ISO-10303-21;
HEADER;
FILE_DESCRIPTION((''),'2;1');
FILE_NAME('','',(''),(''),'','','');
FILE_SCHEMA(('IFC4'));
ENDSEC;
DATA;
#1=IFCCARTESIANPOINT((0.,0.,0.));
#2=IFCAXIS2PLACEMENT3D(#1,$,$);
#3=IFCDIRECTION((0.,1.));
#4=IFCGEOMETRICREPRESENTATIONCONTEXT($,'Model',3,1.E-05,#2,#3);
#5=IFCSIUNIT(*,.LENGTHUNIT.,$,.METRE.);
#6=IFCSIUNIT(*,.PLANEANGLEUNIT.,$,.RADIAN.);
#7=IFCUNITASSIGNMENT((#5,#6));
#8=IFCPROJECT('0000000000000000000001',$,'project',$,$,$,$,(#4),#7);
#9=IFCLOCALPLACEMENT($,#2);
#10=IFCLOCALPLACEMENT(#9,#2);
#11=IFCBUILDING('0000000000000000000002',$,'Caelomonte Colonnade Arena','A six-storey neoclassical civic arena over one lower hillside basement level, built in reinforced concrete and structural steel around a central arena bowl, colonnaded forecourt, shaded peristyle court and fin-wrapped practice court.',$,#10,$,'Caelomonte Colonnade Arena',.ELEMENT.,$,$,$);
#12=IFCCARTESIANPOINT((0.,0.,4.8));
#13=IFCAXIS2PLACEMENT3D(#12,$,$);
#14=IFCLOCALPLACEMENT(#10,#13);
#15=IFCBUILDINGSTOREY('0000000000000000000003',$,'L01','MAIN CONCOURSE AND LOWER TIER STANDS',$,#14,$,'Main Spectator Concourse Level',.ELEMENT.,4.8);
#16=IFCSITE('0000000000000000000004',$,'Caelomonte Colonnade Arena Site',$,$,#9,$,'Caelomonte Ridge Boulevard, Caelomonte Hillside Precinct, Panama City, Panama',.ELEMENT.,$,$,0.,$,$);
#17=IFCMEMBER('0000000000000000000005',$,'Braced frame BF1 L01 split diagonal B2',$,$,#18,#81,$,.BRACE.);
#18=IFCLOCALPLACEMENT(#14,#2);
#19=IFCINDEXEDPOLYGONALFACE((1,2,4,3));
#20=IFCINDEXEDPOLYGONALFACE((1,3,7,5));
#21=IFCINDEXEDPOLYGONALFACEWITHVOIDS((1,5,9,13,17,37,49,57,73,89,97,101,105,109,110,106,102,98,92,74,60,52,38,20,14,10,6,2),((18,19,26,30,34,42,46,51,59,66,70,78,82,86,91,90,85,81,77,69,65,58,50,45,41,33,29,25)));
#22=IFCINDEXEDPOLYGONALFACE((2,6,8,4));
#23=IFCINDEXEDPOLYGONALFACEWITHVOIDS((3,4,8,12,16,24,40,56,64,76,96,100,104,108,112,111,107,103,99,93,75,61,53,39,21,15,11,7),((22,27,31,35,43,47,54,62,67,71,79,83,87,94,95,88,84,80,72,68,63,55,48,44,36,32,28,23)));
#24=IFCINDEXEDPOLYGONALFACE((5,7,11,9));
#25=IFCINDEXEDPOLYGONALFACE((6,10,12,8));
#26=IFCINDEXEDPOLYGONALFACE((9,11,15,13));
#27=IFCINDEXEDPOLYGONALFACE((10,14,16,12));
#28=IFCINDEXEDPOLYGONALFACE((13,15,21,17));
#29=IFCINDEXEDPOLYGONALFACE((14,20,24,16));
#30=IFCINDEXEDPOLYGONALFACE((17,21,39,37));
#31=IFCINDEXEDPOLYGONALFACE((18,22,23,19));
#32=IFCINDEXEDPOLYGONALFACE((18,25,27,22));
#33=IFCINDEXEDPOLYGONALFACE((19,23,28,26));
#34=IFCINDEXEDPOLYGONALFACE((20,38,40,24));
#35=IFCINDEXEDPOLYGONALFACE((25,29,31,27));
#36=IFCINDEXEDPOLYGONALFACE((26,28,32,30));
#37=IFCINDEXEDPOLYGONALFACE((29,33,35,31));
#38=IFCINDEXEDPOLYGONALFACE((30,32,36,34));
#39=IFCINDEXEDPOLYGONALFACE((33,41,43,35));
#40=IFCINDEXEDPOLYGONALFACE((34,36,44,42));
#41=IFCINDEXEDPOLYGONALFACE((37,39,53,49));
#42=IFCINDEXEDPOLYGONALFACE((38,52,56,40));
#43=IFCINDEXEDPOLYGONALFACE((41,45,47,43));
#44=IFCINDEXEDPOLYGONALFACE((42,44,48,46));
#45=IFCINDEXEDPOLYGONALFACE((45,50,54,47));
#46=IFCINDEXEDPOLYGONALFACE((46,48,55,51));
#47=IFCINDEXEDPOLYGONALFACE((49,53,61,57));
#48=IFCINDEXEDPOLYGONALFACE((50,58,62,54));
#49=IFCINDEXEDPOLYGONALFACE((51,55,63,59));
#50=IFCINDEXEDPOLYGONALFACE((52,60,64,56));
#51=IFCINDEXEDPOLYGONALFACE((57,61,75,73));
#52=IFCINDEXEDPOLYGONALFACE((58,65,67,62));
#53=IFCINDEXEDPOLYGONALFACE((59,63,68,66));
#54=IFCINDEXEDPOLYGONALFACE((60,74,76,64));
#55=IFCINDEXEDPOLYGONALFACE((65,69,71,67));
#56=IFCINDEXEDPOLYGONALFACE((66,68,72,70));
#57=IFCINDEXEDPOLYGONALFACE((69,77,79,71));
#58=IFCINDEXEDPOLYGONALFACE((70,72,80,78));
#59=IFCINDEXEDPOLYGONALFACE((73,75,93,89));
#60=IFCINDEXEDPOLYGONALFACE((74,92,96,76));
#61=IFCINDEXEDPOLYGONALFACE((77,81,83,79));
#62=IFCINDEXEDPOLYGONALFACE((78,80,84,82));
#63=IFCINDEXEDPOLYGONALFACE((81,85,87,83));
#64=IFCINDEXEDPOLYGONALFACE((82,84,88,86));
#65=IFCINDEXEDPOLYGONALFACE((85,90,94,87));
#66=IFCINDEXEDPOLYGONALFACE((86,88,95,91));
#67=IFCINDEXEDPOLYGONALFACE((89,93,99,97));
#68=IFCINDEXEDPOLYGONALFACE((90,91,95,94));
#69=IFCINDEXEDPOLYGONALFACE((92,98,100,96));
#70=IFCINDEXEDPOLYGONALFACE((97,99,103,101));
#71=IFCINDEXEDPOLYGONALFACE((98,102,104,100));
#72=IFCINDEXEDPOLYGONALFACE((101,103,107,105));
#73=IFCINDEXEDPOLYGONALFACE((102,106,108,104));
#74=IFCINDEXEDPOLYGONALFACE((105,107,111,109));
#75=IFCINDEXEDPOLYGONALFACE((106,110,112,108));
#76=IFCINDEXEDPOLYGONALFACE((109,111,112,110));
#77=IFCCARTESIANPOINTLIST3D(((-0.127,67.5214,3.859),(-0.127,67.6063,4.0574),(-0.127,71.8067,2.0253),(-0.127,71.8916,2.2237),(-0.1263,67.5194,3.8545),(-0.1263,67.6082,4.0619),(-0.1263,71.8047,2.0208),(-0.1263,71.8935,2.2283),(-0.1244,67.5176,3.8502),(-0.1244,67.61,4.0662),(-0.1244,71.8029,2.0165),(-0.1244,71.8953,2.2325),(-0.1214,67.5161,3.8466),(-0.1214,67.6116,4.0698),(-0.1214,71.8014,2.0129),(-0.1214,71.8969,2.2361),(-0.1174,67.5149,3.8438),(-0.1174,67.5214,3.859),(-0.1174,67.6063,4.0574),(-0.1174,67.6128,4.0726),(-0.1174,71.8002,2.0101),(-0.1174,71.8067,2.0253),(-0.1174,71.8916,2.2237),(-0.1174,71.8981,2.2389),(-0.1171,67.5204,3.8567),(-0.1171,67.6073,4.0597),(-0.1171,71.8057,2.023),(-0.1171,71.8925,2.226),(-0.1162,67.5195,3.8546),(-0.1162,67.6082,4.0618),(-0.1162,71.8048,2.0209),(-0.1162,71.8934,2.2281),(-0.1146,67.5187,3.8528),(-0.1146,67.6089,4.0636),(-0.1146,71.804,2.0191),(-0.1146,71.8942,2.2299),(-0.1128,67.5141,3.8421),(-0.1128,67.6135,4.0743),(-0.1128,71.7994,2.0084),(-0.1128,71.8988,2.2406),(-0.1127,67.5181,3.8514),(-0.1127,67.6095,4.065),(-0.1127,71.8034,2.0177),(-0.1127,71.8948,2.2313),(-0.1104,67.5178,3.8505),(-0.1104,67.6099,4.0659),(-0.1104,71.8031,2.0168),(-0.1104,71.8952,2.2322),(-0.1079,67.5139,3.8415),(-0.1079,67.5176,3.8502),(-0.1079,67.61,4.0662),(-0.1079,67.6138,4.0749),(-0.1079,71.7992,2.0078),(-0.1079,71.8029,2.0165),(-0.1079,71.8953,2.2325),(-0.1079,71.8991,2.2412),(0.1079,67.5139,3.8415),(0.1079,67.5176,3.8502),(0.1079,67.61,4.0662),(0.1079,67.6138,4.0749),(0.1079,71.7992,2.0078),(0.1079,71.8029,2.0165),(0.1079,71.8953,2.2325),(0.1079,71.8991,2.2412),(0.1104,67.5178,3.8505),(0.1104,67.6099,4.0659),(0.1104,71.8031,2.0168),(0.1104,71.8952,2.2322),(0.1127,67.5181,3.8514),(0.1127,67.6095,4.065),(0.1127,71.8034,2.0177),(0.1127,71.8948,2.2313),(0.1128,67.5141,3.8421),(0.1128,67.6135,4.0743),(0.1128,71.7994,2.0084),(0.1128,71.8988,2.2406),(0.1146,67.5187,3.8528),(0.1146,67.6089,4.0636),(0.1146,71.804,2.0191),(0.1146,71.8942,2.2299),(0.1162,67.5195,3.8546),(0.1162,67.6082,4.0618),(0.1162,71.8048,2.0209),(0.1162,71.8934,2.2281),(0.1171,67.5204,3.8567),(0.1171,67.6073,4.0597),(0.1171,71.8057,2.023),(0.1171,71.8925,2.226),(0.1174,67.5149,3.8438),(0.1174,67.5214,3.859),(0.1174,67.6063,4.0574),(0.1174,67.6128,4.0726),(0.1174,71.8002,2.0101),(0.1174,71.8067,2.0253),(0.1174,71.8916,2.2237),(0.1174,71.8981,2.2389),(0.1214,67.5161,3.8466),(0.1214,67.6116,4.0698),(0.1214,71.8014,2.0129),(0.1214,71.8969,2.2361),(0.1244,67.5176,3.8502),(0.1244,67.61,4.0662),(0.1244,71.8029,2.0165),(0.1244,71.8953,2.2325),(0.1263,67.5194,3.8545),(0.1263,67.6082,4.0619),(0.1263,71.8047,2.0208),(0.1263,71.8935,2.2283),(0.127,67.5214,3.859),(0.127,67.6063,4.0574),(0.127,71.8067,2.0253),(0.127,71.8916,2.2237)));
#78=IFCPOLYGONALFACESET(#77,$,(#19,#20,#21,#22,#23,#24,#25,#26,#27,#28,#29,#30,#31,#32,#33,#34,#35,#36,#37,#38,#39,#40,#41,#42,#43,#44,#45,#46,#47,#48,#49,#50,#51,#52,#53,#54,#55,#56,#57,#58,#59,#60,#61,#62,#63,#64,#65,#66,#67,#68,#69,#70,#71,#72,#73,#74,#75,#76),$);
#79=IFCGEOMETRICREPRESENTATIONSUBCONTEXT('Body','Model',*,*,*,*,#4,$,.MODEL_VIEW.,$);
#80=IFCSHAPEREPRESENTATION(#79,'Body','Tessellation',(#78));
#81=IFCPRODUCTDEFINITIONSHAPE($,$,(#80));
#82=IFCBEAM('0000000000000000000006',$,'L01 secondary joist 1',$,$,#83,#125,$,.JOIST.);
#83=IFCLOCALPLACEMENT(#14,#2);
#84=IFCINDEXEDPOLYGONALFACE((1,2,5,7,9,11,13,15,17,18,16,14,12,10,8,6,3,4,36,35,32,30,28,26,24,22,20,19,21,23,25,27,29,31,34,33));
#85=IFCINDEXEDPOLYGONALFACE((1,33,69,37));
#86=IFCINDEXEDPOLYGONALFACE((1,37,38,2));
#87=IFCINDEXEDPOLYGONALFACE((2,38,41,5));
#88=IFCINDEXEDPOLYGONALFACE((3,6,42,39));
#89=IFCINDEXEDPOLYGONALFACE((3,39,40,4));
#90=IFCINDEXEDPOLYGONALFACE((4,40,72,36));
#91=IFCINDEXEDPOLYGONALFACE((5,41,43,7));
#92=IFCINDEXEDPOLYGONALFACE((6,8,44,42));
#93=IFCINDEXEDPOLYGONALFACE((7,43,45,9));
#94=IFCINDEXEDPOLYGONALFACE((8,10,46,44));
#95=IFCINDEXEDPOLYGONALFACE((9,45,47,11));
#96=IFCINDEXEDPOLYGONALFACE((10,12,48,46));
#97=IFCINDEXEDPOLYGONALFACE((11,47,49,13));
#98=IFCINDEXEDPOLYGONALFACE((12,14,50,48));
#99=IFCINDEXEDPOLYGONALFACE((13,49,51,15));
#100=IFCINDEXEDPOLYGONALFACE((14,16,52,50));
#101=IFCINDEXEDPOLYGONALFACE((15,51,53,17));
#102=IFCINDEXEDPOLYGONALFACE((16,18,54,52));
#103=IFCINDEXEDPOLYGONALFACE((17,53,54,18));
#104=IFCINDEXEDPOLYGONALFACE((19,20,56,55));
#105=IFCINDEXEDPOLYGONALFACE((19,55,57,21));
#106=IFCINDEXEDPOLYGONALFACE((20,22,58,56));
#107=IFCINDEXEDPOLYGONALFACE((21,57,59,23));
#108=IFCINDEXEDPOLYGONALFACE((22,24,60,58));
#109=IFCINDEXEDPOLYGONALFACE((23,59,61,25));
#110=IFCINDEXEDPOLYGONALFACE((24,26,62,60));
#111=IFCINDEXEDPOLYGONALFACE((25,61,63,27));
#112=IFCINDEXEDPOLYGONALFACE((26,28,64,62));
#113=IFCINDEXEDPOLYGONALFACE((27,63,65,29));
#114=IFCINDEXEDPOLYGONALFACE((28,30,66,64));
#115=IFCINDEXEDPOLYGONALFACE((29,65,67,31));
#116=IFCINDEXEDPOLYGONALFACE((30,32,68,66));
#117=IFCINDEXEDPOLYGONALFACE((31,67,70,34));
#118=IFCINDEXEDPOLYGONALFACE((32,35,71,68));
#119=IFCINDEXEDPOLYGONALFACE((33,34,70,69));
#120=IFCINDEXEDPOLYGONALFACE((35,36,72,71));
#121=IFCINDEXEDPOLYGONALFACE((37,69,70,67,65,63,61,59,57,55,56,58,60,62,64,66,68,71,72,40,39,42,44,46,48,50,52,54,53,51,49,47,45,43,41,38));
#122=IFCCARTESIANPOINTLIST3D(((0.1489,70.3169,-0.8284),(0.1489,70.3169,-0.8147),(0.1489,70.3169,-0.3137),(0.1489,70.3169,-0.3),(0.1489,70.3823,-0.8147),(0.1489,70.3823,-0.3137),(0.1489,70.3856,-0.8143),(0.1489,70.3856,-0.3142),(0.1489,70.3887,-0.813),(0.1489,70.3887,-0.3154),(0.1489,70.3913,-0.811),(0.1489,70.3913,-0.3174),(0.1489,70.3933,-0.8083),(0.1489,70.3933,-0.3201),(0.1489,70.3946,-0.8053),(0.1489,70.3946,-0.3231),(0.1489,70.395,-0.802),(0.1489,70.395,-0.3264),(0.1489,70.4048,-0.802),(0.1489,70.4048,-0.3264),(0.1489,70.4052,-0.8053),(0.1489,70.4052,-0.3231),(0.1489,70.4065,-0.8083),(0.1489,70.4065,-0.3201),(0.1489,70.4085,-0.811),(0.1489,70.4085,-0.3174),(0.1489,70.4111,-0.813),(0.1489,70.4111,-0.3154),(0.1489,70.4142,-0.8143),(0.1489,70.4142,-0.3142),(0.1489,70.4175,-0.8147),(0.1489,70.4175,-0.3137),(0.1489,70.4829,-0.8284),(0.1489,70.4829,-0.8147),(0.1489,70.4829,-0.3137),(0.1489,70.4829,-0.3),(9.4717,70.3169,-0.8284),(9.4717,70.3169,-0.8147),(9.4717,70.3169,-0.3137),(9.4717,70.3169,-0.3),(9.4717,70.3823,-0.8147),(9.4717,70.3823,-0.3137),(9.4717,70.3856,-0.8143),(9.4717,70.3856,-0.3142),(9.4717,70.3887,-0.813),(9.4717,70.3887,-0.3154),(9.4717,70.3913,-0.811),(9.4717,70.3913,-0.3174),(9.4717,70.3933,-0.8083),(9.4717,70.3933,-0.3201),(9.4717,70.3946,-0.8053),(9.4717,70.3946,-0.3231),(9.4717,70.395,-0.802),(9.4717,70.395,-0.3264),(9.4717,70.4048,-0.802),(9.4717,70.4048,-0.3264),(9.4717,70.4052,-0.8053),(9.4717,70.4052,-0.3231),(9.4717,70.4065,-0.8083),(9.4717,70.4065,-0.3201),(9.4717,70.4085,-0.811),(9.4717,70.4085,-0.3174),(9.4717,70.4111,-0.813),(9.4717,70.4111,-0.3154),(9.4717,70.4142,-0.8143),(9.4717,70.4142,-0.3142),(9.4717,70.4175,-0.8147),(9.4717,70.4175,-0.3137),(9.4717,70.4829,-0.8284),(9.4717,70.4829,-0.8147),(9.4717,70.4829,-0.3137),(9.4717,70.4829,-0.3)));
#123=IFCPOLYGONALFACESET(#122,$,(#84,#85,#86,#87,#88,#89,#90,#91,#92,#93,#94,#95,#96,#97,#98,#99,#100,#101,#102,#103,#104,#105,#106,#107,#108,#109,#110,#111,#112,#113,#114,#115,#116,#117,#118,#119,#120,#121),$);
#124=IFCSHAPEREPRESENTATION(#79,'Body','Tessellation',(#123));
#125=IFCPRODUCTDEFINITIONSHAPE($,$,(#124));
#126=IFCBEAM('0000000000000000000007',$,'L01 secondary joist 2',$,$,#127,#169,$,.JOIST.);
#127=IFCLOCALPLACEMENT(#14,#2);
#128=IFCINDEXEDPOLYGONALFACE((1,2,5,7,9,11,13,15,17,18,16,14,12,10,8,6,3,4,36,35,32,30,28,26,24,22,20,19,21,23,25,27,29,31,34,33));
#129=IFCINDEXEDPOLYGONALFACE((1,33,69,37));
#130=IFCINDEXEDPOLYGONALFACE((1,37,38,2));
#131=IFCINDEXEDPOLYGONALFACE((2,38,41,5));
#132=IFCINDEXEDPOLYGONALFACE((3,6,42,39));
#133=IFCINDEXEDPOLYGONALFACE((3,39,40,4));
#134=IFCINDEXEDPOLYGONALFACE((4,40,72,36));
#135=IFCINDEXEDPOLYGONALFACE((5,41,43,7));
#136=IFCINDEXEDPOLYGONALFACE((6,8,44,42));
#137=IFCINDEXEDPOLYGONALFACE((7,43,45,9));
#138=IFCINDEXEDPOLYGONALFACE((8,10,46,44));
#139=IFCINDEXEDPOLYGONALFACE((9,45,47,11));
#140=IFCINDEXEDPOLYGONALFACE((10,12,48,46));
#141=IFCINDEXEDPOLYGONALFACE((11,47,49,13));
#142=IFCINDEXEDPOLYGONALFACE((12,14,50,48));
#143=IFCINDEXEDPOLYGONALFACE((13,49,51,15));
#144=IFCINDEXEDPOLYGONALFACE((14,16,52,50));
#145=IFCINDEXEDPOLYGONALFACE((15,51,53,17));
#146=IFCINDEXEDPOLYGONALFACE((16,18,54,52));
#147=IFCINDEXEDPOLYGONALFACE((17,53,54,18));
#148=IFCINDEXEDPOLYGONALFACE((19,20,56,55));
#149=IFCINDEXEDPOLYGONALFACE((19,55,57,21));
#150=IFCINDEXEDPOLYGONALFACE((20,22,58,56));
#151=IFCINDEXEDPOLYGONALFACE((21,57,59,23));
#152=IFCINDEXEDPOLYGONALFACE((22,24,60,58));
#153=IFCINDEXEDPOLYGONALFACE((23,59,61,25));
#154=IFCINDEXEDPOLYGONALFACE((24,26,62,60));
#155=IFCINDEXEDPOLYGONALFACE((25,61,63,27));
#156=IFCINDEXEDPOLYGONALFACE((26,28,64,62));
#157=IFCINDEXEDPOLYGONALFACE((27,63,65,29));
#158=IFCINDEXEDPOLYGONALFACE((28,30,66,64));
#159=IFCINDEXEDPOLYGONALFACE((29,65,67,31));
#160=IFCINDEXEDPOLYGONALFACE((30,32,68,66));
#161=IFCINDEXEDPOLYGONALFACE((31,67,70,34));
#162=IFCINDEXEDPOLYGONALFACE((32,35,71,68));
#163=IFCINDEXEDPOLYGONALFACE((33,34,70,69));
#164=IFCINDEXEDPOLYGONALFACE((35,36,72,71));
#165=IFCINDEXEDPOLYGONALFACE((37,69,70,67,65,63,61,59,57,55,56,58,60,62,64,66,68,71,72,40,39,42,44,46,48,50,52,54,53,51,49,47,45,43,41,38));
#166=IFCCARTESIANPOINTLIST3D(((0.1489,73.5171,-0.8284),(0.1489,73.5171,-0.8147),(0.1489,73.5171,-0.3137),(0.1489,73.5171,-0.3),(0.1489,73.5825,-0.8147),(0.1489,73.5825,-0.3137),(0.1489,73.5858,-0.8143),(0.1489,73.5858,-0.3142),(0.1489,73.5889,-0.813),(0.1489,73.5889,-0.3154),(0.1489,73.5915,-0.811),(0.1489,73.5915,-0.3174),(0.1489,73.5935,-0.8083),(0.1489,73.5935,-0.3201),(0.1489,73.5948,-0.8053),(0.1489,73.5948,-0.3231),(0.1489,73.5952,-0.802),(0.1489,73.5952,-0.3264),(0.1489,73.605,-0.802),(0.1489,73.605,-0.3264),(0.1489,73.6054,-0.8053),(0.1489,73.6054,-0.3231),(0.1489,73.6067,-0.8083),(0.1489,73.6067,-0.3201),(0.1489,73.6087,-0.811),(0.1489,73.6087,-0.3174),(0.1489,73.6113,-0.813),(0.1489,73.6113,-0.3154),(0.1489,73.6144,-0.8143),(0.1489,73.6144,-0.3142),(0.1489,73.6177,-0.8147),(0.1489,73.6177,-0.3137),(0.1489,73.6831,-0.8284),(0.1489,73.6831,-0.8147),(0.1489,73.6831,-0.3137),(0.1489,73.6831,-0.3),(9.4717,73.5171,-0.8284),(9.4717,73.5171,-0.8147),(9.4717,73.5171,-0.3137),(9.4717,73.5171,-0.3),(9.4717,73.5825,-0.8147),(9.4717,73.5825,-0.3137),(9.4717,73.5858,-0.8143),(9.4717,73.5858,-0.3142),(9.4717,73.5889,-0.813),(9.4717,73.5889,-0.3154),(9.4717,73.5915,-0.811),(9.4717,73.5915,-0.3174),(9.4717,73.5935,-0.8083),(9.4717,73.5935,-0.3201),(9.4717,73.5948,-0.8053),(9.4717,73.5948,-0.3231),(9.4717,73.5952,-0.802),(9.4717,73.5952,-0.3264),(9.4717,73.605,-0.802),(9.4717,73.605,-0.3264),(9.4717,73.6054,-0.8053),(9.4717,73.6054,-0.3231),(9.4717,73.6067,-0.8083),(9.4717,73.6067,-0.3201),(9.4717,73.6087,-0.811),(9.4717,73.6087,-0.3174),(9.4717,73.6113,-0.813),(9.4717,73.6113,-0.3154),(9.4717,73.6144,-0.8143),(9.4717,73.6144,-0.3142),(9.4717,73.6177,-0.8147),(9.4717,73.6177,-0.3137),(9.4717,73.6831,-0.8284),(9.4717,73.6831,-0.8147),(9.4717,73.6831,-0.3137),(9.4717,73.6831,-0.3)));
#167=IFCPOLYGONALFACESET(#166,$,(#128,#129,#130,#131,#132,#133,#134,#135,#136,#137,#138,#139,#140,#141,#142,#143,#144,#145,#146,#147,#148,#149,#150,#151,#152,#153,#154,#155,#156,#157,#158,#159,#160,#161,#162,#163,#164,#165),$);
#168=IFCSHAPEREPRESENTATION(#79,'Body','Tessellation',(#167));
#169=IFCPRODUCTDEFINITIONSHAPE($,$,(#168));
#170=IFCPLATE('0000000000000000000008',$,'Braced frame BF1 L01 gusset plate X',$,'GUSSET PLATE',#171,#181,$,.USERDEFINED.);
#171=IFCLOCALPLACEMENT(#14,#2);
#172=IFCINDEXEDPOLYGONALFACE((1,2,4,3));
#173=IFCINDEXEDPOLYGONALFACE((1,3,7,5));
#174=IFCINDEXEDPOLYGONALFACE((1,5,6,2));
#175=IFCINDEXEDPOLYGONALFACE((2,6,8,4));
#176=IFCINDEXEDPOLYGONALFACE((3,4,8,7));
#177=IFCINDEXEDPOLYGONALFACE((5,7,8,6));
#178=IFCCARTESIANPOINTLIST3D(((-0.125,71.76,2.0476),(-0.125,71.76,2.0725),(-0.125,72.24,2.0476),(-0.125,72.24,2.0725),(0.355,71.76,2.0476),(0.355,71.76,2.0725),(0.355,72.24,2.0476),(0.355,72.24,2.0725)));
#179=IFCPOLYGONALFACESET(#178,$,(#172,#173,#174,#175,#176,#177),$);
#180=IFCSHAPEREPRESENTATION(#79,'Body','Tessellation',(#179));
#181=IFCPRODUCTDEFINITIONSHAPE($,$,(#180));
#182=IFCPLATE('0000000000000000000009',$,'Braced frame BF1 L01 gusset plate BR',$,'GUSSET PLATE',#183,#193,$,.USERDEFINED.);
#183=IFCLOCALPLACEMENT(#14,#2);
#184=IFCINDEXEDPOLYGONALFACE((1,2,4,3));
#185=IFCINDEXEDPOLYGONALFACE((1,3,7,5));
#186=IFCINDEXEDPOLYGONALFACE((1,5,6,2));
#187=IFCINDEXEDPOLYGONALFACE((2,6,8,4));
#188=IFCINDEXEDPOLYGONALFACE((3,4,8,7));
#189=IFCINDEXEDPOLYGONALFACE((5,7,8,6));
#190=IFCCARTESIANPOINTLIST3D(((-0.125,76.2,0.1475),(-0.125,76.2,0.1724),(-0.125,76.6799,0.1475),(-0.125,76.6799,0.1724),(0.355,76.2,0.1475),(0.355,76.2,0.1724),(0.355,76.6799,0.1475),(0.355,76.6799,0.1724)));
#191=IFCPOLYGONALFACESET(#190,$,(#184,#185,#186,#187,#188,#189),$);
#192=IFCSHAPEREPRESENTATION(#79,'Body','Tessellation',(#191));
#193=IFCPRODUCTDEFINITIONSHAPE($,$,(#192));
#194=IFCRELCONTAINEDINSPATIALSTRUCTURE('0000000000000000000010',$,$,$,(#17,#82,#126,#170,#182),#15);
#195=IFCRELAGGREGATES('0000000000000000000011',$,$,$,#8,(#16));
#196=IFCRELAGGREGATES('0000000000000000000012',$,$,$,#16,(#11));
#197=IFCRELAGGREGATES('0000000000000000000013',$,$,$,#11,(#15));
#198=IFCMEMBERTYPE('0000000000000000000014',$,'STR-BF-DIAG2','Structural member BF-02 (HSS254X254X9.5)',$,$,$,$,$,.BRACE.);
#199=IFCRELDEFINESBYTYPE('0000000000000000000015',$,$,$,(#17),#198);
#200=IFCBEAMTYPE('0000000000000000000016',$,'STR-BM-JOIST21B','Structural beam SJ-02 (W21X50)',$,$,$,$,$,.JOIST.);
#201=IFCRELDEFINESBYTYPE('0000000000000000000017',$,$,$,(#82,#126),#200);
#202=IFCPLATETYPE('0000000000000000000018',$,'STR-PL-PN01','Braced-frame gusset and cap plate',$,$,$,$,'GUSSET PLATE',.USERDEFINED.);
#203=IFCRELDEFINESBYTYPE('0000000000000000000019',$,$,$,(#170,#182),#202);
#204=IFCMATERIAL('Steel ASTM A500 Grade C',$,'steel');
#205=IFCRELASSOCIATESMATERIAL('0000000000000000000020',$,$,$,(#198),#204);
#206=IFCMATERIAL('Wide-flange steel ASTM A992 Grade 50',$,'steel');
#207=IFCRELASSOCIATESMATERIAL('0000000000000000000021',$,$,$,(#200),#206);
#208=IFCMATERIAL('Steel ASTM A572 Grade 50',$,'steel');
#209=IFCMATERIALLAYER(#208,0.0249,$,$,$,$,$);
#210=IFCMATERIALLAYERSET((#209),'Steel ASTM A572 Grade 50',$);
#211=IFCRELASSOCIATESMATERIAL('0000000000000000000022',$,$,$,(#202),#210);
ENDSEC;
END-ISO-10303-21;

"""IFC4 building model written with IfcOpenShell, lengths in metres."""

from ifc_helpers import new_model, si_unit, direction, frame, origin, origin_2d, place, context, subcontext, project, spatial, rectangle, hollow_rectangle, i_section, extrude, material, layer, layer_set, material_profile, profile_set, type_object, element, save


model = new_model("IFC4")

# Units and contexts
model_context = context("Model", 3, precision=1e-05, world=origin(), true_north=direction((0.0, 1.0)))
body_context = subcontext(model_context, "Body", "Model", "MODEL_VIEW")
ifc_project = project(units=[si_unit("LENGTHUNIT", "METRE"), si_unit("PLANEANGLEUNIT", "RADIAN")], contexts=[model_context])

# Site, building, storey
site_placement = place(None, origin())
site = spatial("IfcSite", under=ifc_project, at=site_placement, Name="Caelomonte Colonnade Arena Site", LongName="Caelomonte Ridge Boulevard, Caelomonte Hillside Precinct, Panama City, Panama", CompositionType="ELEMENT", RefElevation=0.0)
building_placement = place(site_placement, origin())
building = spatial("IfcBuilding", under=site, at=building_placement, Name="Caelomonte Colonnade Arena", Description="A six-storey neoclassical civic arena over one lower hillside basement level, built in reinforced concrete and structural steel around a central arena bowl, colonnaded forecourt, shaded peristyle court and fin-wrapped practice court.", LongName="Caelomonte Colonnade Arena", CompositionType="ELEMENT")
storey_placement = place(building_placement, frame((0.0, 0.0, 4.8)))
storey = spatial("IfcBuildingStorey", under=building, at=storey_placement, Name="L01", Description="MAIN CONCOURSE AND LOWER TIER STANDS", LongName="Main Spectator Concourse Level", CompositionType="ELEMENT", Elevation=4.8)

# Member
ifc_material_1 = material(Name="Steel ASTM A500 Grade C", Category="steel")
ifc_material_profile_1 = material_profile(ifc_material_1, hollow_rectangle(XDim=0.2539, YDim=0.2539, WallThickness=0.0095, InnerFilletRadius=0.0095, OuterFilletRadius=0.019, at=origin_2d()), Name="HSS254X254X9.5")
ifc_profile_set_1 = profile_set([ifc_material_profile_1], Name="Steel ASTM A500 Grade C")
member_type = type_object("IfcMemberType", Name="STR-BF-DIAG2", Description="Structural member BF-02 (HSS254X254X9.5)", PredefinedType="BRACE", material=ifc_profile_set_1)
for number, where, z_axis, x_axis, name in (
    (1, (0.0, 71.8491, 2.1245), (0.0, -0.919367, 0.393401), (1.0, 0.0, 0.0), "Braced frame BF1 L01 split diagonal B2"),
):
    element("IfcMember", number, at=place(storey_placement, frame(where, z_axis=z_axis, x_axis=x_axis)), inside=storey, type_object=member_type, Name=name, PredefinedType="BRACE", context=body_context, shape_type="SweptSolid", body=[
        extrude(hollow_rectangle(XDim=0.2539, YDim=0.2539, WallThickness=0.0095, InnerFilletRadius=0.0095, OuterFilletRadius=0.019, at=origin_2d()), origin(), (0.0, 0.0, 1.0), 4.6611),
    ])

# Beams
ifc_material_2 = material(Name="Wide-flange steel ASTM A992 Grade 50", Category="steel")
ifc_material_profile_2 = material_profile(ifc_material_2, i_section(OverallWidth=0.166, OverallDepth=0.5283, WebThickness=0.0098, FlangeThickness=0.0137, FilletRadius=0.0127, at=origin_2d()), Name="W21X50")
ifc_profile_set_2 = profile_set([ifc_material_profile_2], Name="Wide-flange steel ASTM A992 Grade 50")
beam_type = type_object("IfcBeamType", Name="STR-BM-JOIST21B", Description="Structural beam SJ-02 (W21X50)", PredefinedType="JOIST", material=ifc_profile_set_2)
for number, where, z_axis, x_axis, name in (
    (2, (0.1489, 70.3999, -0.5642), (1.0, 0.0, 0.0), (0.0, 1.0, 0.0), "L01 secondary joist 1"),
    (3, (0.1489, 73.6001, -0.5642), (1.0, 0.0, 0.0), (0.0, 1.0, 0.0), "L01 secondary joist 2"),
):
    element("IfcBeam", number, at=place(storey_placement, frame(where, z_axis=z_axis, x_axis=x_axis)), inside=storey, type_object=beam_type, Name=name, PredefinedType="JOIST", context=body_context, shape_type="SweptSolid", body=[
        extrude(i_section(OverallWidth=0.166, OverallDepth=0.5283, WebThickness=0.0098, FlangeThickness=0.0137, FilletRadius=0.0127, at=origin_2d()), origin(), (0.0, 0.0, 1.0), 9.3228),
    ])

# Plates
ifc_material_3 = material(Name="Steel ASTM A572 Grade 50", Category="steel")
ifc_layer = layer(ifc_material_3, 0.0249)
ifc_layer_set = layer_set([ifc_layer], Name="Steel ASTM A572 Grade 50")
plate_type = type_object("IfcPlateType", Name="STR-PL-PN01", Description="Braced-frame gusset and cap plate", ElementType="GUSSET PLATE", PredefinedType="USERDEFINED", material=ifc_layer_set)
for number, where, z_axis, x_axis, name in (
    (4, (0.115, 72.0, 2.0476), (0.0, 0.0, 1.0), (1.0, 0.0, 0.0), "Braced frame BF1 L01 gusset plate X"),
    (5, (0.115, 76.4399, 0.1475), (0.0, 0.0, 1.0), (1.0, 0.0, 0.0), "Braced frame BF1 L01 gusset plate BR"),
):
    element("IfcPlate", number, at=place(storey_placement, frame(where, z_axis=z_axis, x_axis=x_axis)), inside=storey, type_object=plate_type, Name=name, ObjectType="GUSSET PLATE", PredefinedType="USERDEFINED", context=body_context, shape_type="SweptSolid", body=[
        extrude(rectangle(XDim=0.48, YDim=0.48, at=origin_2d()), origin(), (0.0, 0.0, 1.0), 0.0249),
    ])

save(model, "model.ifc")
